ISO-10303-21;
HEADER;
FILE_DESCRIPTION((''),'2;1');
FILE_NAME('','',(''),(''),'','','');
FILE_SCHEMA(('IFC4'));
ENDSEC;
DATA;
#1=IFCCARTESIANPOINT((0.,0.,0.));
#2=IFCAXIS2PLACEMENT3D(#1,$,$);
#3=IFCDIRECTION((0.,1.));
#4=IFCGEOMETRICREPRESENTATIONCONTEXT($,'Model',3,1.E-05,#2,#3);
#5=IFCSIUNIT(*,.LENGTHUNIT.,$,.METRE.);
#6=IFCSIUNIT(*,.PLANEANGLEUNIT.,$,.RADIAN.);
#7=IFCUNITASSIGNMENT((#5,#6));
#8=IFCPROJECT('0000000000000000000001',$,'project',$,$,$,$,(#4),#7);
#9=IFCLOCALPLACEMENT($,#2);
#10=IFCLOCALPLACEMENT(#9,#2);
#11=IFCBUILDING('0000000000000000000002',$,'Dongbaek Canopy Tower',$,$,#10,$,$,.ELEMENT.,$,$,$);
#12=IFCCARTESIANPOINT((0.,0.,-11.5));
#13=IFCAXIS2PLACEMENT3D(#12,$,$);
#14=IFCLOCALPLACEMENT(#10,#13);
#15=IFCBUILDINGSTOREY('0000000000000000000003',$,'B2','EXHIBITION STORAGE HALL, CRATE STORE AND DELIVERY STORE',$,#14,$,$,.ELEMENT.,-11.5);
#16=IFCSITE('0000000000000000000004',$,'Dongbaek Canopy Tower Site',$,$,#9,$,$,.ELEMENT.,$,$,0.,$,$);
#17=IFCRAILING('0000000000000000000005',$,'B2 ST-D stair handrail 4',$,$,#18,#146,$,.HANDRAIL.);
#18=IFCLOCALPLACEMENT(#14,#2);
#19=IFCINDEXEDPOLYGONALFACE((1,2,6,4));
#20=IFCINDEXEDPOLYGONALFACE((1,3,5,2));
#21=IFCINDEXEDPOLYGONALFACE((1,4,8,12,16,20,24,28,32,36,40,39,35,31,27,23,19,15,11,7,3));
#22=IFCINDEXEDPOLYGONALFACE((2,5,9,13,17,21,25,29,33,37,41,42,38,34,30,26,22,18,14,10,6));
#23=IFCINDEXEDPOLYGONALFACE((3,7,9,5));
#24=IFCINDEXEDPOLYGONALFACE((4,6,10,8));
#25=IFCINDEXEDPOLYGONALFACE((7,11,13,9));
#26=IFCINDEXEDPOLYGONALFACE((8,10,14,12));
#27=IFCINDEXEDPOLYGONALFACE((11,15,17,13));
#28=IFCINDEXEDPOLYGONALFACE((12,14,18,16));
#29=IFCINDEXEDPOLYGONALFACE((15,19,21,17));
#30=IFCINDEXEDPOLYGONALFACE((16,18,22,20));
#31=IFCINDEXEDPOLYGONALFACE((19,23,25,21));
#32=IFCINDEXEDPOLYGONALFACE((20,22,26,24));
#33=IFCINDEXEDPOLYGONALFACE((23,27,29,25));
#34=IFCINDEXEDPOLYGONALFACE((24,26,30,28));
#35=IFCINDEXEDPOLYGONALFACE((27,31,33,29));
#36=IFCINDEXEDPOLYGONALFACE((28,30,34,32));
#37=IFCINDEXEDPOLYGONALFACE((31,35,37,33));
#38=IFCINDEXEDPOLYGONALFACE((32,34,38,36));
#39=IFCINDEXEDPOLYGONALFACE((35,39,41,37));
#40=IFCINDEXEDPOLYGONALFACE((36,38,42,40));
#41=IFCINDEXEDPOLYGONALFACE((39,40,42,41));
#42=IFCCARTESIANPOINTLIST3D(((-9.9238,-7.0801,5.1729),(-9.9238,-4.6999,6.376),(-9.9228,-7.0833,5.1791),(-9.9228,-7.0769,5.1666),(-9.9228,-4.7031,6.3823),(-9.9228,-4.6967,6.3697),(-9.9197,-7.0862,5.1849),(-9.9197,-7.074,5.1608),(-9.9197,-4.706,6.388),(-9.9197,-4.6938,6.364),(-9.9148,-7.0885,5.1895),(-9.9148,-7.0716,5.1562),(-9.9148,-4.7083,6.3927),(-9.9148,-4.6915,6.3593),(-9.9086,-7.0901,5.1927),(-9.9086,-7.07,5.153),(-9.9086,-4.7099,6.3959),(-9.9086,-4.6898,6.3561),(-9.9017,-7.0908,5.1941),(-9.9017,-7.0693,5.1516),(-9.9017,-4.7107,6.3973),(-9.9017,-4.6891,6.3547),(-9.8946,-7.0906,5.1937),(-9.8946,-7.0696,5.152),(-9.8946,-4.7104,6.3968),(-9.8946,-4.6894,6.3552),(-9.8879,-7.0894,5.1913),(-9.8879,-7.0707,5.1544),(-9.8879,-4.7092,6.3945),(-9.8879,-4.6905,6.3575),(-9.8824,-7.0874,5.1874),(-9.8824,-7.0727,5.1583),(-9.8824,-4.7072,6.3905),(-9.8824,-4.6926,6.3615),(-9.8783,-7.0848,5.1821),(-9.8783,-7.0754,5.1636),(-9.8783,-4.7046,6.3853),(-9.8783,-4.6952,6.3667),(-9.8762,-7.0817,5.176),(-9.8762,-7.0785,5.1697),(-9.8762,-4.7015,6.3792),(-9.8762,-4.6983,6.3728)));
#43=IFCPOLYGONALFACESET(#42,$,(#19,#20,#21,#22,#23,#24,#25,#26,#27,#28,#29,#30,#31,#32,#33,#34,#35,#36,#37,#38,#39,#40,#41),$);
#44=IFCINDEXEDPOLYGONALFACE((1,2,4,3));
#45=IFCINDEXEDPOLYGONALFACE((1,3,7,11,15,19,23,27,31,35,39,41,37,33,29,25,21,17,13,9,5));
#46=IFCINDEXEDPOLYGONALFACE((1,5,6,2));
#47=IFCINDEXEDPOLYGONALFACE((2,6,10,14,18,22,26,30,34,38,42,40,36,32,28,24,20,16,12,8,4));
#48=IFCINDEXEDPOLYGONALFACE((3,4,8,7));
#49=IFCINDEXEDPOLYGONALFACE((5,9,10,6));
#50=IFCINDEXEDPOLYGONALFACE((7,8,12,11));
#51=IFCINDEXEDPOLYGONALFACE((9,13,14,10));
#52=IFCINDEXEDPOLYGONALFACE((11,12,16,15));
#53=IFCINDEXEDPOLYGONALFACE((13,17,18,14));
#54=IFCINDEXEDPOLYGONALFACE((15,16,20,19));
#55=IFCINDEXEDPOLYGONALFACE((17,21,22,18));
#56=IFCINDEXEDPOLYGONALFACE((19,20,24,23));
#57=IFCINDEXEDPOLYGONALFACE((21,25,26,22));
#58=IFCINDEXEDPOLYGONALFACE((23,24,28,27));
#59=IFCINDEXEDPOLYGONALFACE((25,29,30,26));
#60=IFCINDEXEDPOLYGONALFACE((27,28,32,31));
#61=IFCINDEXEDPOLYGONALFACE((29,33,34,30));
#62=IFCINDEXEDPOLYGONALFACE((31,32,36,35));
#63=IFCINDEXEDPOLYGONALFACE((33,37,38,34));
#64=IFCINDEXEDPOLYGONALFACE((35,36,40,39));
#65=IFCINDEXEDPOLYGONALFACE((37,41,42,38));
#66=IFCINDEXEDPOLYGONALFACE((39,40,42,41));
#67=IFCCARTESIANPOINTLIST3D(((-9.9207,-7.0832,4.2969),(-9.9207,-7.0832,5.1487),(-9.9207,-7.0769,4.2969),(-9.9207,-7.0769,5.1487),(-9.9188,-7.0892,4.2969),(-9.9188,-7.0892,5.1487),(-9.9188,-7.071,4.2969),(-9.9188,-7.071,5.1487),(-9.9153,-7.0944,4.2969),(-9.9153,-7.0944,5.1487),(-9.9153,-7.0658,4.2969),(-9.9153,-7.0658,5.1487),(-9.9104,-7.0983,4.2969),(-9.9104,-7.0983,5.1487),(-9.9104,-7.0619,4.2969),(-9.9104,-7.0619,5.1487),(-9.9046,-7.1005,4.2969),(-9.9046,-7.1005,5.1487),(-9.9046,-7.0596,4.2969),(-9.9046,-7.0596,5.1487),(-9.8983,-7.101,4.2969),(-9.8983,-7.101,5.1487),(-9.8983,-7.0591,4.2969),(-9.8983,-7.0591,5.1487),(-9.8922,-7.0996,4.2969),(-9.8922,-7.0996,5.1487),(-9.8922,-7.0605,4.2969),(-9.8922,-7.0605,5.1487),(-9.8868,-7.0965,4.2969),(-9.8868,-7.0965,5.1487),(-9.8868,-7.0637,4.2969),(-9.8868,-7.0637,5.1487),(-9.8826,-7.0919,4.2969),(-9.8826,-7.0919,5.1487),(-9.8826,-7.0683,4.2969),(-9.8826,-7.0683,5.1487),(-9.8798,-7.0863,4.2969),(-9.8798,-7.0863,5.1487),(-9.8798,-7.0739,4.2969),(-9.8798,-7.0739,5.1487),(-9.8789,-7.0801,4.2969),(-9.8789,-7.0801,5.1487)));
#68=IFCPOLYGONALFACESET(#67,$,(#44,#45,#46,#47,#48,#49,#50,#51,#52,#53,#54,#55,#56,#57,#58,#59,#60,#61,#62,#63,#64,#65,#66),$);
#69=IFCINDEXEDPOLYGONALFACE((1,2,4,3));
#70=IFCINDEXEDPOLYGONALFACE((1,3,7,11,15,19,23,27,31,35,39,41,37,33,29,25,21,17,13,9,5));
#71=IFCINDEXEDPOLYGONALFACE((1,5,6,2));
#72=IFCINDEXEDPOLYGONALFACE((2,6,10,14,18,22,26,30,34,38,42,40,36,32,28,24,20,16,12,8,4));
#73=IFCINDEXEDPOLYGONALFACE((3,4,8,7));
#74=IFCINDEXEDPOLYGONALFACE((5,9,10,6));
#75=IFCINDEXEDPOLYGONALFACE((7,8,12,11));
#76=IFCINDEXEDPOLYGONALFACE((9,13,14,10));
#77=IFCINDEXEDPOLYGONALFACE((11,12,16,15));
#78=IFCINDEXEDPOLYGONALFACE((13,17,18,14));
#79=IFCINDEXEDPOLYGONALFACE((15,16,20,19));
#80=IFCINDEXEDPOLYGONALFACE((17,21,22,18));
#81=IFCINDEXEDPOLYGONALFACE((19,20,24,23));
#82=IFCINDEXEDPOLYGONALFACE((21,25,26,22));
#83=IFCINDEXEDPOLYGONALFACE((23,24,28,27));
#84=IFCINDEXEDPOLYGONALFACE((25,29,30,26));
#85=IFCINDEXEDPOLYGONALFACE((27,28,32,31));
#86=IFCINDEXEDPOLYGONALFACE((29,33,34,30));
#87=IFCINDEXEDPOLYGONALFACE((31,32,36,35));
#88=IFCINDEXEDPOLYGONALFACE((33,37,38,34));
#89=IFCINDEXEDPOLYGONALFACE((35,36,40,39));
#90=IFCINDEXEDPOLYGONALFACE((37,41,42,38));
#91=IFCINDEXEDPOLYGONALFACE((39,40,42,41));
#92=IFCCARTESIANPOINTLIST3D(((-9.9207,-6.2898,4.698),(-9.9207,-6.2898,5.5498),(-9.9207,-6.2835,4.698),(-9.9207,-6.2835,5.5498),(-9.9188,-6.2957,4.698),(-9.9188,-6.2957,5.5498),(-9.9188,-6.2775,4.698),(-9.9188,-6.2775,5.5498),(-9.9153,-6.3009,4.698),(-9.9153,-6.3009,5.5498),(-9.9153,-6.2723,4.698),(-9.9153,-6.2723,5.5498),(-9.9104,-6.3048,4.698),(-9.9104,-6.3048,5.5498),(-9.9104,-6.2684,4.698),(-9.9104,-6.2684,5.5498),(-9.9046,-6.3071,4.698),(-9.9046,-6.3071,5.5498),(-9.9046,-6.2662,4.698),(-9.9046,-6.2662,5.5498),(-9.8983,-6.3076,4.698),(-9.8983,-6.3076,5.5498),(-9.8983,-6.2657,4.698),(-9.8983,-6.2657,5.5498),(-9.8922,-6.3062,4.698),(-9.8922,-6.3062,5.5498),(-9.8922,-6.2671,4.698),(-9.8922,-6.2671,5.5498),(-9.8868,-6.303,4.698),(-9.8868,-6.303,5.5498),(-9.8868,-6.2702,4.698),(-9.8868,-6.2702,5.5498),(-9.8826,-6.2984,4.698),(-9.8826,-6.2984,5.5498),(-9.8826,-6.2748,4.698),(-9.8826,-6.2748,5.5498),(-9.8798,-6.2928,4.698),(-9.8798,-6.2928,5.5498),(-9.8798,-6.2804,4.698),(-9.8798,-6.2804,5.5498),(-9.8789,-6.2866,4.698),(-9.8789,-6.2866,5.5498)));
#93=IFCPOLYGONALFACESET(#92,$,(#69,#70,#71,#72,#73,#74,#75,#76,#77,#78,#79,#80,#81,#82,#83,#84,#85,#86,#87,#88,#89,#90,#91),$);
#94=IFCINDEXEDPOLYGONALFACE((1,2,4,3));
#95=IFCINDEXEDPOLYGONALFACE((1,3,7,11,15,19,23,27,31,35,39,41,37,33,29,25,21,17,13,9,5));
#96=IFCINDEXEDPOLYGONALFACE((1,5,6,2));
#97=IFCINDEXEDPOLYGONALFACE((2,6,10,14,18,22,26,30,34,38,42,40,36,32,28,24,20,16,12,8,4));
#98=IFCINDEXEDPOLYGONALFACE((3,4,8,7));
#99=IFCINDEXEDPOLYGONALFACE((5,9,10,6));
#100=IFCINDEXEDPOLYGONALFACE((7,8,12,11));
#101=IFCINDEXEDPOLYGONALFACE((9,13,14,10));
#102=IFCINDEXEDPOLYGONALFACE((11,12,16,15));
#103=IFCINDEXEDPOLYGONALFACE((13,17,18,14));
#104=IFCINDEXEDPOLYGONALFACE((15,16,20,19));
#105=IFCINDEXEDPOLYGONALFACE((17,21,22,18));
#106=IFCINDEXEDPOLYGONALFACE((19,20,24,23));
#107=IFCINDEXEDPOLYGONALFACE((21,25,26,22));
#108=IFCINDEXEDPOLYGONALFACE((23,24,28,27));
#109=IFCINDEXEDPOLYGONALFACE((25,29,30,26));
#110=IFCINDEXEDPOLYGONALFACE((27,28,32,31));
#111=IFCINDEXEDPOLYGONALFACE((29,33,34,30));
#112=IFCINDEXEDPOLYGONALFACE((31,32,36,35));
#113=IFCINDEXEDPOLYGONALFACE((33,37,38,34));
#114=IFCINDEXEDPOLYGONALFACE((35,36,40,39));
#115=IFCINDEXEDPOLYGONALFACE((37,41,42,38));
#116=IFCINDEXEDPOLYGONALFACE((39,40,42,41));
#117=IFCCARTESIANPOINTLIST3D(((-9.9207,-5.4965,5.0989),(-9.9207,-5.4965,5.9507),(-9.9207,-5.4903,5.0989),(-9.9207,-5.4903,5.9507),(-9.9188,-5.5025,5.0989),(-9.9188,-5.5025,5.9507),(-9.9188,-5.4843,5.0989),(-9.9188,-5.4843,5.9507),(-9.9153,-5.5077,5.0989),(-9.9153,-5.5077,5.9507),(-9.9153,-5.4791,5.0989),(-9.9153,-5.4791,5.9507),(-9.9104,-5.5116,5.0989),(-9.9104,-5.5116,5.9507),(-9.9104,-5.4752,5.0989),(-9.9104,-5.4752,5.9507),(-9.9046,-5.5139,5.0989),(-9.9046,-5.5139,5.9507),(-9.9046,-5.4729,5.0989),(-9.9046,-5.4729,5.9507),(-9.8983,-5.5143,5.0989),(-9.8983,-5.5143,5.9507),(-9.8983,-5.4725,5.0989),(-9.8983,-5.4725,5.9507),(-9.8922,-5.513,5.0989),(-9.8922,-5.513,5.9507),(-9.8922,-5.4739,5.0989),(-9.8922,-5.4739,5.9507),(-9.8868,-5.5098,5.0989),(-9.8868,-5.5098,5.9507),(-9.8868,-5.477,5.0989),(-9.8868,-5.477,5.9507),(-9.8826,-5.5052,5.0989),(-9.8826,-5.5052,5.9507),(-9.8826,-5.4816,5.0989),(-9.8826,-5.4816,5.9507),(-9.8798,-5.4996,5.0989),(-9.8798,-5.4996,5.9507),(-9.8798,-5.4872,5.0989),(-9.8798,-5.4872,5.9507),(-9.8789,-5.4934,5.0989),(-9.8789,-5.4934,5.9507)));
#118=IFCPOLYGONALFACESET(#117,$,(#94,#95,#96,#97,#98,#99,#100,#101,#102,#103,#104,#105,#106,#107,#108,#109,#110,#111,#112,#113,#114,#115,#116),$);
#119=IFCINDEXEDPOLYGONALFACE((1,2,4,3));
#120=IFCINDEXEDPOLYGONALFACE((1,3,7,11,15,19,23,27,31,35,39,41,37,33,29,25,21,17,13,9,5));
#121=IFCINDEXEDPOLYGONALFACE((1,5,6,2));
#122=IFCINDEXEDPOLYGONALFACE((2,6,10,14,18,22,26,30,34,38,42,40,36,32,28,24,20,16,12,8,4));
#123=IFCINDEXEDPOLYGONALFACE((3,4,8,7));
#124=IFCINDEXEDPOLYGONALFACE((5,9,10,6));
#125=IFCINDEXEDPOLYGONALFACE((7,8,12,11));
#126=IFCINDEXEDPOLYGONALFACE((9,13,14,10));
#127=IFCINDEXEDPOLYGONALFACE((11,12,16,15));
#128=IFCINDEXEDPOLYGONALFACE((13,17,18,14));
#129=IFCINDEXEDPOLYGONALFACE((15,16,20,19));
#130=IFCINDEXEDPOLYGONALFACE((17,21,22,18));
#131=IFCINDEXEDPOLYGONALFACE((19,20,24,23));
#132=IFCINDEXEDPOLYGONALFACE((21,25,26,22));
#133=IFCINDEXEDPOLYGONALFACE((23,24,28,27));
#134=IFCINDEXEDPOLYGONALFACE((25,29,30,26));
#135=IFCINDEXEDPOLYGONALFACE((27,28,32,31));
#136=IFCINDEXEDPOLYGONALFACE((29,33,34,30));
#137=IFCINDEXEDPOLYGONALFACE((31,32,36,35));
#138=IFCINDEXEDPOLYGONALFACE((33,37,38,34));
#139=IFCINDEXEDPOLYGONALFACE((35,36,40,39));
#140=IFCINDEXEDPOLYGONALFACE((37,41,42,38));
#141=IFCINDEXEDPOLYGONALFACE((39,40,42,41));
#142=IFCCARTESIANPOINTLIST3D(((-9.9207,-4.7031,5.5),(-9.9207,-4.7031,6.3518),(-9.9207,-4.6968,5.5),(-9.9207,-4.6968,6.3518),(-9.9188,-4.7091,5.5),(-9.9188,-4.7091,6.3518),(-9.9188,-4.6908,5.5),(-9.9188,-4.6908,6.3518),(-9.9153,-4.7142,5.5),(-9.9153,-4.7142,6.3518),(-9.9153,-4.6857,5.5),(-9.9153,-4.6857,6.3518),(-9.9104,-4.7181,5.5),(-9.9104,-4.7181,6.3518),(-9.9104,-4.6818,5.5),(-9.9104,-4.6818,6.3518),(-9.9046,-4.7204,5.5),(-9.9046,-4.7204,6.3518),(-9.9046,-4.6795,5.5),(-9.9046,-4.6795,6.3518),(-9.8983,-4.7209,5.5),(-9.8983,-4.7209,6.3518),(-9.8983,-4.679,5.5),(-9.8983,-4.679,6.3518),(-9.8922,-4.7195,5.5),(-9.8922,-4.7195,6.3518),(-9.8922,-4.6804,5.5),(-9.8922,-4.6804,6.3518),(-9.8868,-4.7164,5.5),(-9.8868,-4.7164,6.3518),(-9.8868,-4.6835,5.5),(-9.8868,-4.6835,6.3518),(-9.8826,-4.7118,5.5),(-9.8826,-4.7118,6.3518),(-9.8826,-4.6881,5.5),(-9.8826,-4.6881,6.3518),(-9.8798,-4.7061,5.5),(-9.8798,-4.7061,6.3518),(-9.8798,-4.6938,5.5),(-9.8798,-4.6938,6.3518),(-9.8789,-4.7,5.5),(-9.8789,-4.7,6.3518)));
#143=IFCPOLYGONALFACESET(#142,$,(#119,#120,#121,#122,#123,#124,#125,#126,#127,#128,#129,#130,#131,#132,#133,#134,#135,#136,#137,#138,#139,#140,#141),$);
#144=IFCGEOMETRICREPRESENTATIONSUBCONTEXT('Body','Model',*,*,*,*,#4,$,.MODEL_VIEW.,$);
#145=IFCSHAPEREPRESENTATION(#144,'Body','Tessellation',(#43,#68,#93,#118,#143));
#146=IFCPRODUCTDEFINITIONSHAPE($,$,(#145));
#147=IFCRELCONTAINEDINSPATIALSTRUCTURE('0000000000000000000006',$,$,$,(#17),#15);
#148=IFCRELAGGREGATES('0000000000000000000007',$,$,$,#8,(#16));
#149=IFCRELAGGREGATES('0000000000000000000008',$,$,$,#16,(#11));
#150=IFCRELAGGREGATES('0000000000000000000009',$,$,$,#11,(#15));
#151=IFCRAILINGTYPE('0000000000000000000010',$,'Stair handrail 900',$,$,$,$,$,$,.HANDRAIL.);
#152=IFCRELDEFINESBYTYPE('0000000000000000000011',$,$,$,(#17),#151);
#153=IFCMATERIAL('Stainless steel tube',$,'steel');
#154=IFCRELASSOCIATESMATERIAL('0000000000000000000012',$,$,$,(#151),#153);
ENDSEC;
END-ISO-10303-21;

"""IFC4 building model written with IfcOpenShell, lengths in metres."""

from ifc_helpers import new_model, si_unit, direction, frame, origin, origin_2d, place, context, subcontext, project, spatial, circle, extrude, material, type_object, element, save


model = new_model("IFC4")

# Units and contexts
model_context = context("Model", 3, precision=1e-05, world=origin(), true_north=direction((0.0, 1.0)))
body_context = subcontext(model_context, "Body", "Model", "MODEL_VIEW")
ifc_project = project(units=[si_unit("LENGTHUNIT", "METRE"), si_unit("PLANEANGLEUNIT", "RADIAN")], contexts=[model_context])

# Site, building, storey
site_placement = place(None, origin())
site = spatial("IfcSite", under=ifc_project, at=site_placement, Name="Dongbaek Canopy Tower Site", CompositionType="ELEMENT", RefElevation=0.0)
building_placement = place(site_placement, origin())
building = spatial("IfcBuilding", under=site, at=building_placement, Name="Dongbaek Canopy Tower", CompositionType="ELEMENT")
storey_placement = place(building_placement, frame((0.0, 0.0, -11.5)))
storey = spatial("IfcBuildingStorey", under=building, at=storey_placement, Name="B2", Description="EXHIBITION STORAGE HALL, CRATE STORE AND DELIVERY STORE", CompositionType="ELEMENT", Elevation=-11.5)

# Railing
ifc_material_1 = material(Name="Stainless steel tube", Category="steel")
railing_type_1 = type_object("IfcRailingType", Name="Stair handrail 900", PredefinedType="HANDRAIL", material=ifc_material_1)
railing_1_placement = place(storey_placement, frame((-9.8999, -7.0801, 4.2969)))
element("IfcRailing", 1, at=railing_1_placement, inside=storey, type_object=railing_type_1, Name="B2 ST-D stair handrail 4", PredefinedType="HANDRAIL", context=body_context, shape_type="SweptSolid", body=[
    extrude(circle(Radius=0.0239, at=origin_2d()), frame((0.0, 0.0, 0.876), z_axis=(0.0, 0.89246, 0.451127), x_axis=(-1.0, 0.0, 0.0)), (0.0, 0.0, 1.0), 2.667),
    extrude(circle(Radius=0.021, at=origin_2d()), origin(), (0.0, 0.0, 1.0), 0.8518),
    extrude(circle(Radius=0.021, at=origin_2d()), frame((0.0, 0.7935, 0.4011)), (0.0, 0.0, 1.0), 0.8518),
    extrude(circle(Radius=0.021, at=origin_2d()), frame((0.0, 1.5867, 0.802)), (0.0, 0.0, 1.0), 0.8518),
    extrude(circle(Radius=0.021, at=origin_2d()), frame((0.0, 2.3801, 1.2031)), (0.0, 0.0, 1.0), 0.8518),
])

save(model, "model.ifc")
